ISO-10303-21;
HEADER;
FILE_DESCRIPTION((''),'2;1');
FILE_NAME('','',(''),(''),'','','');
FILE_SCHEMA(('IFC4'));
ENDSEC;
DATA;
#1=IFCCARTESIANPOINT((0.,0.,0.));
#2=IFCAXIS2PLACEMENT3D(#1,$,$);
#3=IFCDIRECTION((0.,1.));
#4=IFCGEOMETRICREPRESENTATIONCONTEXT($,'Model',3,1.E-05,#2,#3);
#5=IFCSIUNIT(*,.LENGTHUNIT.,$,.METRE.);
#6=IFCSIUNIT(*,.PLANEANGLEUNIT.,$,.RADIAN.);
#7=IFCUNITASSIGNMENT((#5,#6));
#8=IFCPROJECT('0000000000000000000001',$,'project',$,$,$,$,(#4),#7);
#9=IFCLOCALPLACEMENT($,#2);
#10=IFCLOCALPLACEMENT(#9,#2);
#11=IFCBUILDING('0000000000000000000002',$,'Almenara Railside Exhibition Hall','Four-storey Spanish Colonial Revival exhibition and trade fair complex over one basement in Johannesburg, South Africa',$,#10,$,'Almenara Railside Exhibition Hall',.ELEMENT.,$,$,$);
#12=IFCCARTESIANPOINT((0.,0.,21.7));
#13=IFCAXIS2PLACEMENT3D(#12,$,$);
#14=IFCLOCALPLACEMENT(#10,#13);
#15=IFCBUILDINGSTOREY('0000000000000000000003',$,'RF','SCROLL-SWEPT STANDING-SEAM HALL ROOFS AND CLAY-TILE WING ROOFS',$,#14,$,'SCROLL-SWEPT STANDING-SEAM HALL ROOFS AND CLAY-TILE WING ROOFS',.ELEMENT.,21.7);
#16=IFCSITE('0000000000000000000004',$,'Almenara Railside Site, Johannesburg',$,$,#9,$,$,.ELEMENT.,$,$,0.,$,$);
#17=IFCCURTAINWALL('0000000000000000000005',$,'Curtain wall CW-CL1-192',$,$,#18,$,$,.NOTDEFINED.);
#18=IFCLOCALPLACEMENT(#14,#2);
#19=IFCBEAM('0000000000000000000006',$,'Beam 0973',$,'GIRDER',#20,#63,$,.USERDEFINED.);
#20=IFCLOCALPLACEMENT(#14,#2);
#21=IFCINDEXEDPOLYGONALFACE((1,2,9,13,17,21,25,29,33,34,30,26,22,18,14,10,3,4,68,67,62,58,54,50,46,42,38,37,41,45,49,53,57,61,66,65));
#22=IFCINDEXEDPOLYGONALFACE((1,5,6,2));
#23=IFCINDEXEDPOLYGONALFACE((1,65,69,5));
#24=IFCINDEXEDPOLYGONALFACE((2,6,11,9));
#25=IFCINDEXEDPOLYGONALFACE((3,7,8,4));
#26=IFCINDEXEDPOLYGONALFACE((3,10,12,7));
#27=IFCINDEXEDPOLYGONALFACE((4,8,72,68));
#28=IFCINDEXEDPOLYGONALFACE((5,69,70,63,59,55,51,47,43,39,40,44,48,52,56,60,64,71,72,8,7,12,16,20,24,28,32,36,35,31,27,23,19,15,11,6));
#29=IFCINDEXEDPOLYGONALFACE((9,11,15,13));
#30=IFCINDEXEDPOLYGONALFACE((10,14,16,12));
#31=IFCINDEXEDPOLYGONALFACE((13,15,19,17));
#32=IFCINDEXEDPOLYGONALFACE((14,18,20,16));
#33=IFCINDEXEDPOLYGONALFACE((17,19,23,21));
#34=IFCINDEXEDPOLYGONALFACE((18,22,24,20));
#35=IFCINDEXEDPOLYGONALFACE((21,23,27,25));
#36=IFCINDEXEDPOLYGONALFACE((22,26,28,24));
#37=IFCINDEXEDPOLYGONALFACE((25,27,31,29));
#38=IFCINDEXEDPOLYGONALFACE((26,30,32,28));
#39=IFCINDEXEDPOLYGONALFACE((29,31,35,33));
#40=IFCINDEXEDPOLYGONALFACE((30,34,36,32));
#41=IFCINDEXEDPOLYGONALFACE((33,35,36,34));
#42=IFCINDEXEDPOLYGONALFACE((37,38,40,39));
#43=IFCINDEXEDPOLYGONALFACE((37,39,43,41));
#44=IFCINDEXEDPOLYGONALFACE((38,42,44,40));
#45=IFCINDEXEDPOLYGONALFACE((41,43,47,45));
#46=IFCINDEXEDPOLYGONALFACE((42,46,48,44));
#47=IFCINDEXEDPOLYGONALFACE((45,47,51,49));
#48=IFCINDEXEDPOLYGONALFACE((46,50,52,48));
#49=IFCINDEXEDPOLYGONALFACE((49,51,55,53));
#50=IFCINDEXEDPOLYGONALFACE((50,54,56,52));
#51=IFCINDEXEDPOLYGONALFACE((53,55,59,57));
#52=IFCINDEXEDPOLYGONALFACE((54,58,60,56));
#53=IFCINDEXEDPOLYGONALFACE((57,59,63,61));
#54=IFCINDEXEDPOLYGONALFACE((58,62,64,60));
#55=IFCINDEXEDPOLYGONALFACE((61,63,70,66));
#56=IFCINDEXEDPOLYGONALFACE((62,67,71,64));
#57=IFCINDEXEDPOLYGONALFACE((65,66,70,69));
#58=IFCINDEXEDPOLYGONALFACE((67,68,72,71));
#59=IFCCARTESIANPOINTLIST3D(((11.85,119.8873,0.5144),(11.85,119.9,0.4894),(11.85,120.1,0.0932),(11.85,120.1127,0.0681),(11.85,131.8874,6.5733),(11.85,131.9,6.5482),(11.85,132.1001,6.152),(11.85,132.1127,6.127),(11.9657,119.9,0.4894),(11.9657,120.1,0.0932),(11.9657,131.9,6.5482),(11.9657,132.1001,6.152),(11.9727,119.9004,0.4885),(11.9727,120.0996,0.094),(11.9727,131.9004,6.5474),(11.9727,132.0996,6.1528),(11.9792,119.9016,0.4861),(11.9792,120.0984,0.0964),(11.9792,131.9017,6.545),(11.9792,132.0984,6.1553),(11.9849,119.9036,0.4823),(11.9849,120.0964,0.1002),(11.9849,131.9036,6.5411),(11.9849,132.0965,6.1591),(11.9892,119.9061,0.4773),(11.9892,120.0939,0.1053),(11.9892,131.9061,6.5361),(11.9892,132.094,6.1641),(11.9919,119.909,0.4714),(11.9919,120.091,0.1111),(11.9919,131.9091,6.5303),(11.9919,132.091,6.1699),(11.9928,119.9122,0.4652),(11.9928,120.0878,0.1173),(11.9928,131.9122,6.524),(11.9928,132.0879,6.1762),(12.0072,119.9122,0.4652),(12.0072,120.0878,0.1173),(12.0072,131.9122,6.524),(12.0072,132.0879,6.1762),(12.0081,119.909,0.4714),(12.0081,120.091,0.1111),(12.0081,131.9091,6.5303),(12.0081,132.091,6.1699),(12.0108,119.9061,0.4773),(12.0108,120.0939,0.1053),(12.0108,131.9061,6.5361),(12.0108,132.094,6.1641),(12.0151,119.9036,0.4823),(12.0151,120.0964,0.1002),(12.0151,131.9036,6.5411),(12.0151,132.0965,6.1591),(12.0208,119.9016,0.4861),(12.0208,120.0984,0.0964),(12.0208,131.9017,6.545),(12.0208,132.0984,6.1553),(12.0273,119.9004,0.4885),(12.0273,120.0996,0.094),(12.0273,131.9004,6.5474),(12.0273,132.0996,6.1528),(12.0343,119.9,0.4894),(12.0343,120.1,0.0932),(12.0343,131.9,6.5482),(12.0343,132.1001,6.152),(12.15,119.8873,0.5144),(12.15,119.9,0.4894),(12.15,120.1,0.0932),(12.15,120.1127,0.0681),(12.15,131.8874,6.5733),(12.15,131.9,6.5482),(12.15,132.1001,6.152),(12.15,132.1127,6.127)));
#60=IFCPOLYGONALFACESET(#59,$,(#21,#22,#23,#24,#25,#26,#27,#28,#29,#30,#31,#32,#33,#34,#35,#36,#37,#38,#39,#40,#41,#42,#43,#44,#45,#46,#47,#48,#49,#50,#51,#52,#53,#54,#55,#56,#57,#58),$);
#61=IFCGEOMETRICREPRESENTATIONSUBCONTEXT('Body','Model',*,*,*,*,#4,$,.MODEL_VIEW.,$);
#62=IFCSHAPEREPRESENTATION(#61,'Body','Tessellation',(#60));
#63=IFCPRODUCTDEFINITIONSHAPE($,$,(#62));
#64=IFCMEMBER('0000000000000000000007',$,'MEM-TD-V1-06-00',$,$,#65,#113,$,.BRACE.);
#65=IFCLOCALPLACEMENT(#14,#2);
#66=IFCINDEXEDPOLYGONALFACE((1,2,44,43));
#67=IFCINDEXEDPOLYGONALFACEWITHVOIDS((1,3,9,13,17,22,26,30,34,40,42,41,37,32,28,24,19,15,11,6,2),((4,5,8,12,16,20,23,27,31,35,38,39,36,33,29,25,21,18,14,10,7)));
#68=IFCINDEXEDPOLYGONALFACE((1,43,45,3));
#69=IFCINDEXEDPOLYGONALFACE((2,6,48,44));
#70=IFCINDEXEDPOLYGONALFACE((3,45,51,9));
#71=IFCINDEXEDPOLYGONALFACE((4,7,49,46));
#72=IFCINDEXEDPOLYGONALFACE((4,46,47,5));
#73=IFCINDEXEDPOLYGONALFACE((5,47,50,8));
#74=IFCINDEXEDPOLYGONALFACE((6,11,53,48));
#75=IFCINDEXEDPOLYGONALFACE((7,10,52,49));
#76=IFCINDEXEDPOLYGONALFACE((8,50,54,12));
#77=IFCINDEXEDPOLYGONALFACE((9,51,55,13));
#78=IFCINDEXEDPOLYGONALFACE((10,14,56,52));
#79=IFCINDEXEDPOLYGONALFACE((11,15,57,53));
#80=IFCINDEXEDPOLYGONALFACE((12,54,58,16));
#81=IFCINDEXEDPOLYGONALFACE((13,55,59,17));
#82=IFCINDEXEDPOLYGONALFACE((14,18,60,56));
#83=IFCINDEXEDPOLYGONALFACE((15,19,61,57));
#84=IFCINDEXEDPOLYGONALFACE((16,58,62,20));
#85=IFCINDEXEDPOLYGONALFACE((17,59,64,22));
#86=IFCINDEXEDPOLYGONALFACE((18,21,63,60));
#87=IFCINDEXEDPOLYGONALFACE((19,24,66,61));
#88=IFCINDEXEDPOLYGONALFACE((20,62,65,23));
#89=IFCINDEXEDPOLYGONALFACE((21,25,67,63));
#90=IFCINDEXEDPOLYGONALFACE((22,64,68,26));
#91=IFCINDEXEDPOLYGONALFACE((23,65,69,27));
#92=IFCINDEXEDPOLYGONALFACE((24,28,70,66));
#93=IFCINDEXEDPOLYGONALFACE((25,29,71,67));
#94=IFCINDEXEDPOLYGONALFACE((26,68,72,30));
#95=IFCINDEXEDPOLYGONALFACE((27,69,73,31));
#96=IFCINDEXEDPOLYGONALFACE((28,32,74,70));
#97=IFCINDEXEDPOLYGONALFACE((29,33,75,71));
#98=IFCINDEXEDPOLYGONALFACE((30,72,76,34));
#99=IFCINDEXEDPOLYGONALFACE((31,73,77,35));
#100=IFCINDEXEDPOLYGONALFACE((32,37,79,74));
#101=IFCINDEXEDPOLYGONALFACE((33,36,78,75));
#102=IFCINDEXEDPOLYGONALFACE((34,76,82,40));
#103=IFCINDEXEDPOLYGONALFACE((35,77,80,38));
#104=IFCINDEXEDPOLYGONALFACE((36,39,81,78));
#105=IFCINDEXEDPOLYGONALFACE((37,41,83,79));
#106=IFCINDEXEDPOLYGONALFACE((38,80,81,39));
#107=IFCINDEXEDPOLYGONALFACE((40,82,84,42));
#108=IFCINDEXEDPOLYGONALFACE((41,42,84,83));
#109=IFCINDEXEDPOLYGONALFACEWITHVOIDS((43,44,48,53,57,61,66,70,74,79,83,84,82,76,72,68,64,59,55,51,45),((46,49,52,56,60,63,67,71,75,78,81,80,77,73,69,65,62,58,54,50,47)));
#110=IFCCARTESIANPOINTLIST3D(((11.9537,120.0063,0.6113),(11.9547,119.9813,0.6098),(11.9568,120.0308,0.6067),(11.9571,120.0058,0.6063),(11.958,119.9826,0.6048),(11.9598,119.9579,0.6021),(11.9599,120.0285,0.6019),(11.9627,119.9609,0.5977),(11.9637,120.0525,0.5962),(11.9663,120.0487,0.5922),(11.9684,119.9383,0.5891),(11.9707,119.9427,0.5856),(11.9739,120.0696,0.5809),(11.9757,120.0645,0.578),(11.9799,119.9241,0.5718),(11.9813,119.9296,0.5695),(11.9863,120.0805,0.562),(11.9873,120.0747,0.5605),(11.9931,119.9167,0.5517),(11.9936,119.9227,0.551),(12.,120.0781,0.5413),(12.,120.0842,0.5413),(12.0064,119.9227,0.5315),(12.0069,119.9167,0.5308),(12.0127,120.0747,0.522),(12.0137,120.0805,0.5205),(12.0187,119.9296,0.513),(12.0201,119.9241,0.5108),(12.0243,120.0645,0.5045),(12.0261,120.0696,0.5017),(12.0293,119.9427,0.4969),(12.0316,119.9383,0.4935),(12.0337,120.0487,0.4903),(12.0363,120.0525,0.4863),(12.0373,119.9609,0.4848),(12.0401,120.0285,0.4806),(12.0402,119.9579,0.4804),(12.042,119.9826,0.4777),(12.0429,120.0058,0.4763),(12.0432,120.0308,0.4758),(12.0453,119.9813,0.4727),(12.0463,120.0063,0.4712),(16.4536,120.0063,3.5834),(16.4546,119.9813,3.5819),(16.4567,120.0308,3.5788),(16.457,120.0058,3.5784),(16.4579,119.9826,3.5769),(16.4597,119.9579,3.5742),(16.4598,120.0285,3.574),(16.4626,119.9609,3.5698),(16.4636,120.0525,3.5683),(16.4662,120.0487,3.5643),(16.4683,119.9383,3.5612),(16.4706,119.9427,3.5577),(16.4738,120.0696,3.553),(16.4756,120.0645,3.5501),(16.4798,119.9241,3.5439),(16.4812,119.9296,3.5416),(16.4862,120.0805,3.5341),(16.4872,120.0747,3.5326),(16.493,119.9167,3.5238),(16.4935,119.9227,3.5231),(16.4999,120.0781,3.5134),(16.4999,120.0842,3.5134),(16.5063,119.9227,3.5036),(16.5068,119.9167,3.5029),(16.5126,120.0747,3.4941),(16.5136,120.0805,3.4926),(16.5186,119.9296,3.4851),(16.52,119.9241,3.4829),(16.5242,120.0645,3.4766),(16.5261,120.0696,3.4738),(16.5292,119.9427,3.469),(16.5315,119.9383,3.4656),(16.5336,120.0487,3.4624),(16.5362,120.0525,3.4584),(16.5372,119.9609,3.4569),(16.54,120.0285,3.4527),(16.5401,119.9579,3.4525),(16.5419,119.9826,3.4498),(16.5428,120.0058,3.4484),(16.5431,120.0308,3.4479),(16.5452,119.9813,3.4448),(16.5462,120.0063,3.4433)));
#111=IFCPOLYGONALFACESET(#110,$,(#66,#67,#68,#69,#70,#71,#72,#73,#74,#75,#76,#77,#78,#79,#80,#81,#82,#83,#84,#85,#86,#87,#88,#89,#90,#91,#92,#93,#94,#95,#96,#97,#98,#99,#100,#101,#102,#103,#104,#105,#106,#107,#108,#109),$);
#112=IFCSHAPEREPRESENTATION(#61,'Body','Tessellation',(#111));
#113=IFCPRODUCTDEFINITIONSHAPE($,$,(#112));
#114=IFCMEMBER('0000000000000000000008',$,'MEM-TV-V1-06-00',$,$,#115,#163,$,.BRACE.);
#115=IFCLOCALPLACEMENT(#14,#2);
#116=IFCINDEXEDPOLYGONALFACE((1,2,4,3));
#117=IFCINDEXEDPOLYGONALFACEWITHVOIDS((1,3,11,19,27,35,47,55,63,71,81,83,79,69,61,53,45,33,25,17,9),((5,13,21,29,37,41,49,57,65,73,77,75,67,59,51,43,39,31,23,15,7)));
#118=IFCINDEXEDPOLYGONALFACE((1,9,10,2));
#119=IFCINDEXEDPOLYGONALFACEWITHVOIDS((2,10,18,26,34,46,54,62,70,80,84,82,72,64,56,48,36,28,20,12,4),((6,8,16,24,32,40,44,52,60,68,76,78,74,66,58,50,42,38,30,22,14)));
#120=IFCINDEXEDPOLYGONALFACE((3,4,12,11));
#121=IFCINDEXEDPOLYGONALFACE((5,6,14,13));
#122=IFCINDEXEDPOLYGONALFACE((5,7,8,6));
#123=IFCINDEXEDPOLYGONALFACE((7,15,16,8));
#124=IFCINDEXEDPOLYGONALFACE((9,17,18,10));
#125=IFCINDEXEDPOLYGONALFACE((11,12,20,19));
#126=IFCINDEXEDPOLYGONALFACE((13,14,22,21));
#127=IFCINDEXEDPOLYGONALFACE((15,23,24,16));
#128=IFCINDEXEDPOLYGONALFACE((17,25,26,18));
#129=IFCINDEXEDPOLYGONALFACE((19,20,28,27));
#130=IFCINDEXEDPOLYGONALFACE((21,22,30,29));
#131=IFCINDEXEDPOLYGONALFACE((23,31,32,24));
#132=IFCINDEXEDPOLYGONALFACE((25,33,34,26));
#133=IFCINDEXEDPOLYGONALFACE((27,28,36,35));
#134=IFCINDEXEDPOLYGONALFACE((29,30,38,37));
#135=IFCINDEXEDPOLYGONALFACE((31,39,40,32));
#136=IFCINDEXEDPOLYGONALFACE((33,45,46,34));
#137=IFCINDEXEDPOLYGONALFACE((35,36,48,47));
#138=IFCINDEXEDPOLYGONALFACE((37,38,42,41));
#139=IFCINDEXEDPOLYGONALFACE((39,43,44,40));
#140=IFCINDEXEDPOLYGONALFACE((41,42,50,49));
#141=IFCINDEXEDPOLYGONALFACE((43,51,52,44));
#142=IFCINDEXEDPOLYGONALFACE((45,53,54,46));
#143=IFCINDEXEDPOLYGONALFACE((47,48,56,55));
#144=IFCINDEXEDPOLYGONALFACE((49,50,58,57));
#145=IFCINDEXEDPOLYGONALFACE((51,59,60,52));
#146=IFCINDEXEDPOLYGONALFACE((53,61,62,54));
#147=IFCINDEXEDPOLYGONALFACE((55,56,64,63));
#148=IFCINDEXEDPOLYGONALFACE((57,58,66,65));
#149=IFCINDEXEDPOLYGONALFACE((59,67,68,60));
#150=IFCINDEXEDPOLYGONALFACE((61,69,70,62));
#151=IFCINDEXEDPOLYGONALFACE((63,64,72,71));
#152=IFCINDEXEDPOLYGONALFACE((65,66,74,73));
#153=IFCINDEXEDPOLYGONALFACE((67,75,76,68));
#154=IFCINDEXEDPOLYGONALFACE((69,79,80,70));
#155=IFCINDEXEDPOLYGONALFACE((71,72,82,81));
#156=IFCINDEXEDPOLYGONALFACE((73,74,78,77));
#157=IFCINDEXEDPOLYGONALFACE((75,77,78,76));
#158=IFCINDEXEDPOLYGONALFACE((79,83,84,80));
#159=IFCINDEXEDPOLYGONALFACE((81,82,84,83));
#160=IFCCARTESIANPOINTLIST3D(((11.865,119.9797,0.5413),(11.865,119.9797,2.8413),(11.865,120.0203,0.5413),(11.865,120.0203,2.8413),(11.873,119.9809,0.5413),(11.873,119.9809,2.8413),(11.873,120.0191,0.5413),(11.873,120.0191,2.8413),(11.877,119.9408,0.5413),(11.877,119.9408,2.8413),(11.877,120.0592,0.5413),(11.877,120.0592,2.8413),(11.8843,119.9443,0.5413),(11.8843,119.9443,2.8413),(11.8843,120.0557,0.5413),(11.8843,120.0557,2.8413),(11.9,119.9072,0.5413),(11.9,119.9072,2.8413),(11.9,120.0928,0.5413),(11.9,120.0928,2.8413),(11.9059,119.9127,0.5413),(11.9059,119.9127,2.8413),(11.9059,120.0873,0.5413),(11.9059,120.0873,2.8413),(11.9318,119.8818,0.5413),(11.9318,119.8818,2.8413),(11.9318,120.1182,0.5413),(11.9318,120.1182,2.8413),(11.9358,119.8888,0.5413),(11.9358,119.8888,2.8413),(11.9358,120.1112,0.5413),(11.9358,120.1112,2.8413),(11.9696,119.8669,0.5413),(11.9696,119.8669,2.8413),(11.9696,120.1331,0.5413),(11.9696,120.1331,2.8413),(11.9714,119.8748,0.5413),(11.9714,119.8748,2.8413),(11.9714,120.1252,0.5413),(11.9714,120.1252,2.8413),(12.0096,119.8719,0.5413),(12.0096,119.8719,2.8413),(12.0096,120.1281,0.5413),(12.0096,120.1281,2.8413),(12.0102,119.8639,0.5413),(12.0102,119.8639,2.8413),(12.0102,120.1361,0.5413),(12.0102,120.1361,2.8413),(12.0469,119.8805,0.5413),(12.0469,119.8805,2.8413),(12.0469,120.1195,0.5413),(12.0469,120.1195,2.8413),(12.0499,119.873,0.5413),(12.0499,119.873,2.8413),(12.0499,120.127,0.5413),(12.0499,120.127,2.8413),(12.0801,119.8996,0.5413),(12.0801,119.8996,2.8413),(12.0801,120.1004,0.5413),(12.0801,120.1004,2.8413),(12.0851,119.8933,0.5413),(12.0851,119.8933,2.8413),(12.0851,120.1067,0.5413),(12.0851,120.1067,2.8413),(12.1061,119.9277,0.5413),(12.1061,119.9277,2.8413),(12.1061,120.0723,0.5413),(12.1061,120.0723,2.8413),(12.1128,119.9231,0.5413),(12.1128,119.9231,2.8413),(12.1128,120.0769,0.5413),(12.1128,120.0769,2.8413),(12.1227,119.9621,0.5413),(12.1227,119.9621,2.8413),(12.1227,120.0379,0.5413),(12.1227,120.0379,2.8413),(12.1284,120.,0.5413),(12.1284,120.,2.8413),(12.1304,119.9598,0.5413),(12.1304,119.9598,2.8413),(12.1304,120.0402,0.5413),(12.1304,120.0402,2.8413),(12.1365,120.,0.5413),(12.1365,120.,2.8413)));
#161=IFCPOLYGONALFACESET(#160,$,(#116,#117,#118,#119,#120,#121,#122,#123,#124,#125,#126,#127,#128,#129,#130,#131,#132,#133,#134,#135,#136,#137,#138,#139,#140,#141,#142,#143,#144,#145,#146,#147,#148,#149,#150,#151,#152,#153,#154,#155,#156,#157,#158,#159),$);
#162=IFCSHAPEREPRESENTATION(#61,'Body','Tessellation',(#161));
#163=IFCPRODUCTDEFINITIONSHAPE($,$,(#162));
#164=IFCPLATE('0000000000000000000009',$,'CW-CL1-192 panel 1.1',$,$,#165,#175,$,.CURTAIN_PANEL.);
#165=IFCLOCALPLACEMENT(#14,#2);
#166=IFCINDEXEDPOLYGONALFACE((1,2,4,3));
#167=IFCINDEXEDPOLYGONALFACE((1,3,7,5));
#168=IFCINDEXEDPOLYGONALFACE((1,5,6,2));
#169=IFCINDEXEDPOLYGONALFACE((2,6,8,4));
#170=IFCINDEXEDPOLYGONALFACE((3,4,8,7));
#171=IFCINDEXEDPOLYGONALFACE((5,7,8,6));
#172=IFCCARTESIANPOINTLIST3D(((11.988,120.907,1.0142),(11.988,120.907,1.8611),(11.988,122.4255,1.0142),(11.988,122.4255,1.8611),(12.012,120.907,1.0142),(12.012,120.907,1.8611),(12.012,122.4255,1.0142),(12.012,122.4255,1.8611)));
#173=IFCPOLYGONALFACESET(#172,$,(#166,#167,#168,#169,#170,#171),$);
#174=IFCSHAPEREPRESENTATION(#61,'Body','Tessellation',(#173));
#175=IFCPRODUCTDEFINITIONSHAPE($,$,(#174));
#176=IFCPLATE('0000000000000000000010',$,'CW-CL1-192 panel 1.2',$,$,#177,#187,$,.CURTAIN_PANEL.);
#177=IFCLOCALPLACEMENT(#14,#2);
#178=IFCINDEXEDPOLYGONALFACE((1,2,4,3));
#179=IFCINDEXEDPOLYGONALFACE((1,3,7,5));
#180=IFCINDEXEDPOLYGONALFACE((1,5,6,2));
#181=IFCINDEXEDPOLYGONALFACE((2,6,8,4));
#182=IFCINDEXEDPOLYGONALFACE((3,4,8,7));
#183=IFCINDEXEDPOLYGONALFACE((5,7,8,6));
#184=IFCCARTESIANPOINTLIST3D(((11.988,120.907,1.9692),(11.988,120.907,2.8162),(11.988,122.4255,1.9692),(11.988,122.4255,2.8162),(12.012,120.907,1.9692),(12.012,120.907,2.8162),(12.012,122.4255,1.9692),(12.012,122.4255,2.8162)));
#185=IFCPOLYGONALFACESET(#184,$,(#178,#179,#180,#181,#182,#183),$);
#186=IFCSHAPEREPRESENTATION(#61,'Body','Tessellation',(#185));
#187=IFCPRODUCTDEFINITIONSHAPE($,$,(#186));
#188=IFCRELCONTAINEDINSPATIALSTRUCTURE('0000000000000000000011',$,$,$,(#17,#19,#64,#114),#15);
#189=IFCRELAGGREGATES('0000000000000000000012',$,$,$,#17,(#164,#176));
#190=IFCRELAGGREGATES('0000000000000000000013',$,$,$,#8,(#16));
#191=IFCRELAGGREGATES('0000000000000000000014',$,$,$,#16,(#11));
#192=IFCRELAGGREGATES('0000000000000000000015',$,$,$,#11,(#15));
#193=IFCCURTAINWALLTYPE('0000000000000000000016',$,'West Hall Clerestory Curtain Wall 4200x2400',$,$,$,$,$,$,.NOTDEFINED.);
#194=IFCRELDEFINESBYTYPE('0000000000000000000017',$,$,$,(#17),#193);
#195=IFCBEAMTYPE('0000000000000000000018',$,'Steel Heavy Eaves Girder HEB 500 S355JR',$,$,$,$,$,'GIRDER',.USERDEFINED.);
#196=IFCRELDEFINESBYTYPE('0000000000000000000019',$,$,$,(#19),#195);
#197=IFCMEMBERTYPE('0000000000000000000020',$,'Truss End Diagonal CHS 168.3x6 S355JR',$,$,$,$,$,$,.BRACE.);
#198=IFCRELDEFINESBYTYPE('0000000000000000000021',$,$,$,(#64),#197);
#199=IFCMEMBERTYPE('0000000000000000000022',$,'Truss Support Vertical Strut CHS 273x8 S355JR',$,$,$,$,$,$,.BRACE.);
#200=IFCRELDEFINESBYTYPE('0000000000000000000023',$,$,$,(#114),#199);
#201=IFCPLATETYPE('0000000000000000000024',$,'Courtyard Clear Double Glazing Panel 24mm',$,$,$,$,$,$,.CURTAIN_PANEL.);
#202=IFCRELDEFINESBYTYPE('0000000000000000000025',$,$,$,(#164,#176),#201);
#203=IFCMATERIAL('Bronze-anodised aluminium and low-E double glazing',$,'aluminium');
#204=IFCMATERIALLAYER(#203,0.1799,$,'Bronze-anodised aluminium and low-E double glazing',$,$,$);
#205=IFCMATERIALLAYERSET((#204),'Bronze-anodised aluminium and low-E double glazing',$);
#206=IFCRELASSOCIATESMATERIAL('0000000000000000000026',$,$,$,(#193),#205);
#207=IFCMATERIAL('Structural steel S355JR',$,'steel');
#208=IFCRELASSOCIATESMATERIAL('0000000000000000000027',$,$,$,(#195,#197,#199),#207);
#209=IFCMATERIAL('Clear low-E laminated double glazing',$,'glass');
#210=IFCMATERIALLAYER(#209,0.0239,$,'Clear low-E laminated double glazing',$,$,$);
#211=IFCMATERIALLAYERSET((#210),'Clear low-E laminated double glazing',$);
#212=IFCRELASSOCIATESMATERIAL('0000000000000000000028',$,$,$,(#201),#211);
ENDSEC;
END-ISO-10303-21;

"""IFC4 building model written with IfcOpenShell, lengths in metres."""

from ifc_helpers import new_model, si_unit, direction, frame, origin, origin_2d, place, context, subcontext, project, spatial, rectangle, hollow_circle, i_section, extrude, material, layer, layer_set, material_profile, profile_set, type_object, element, aggregate, save


model = new_model("IFC4")

# Units and contexts
model_context = context("Model", 3, precision=1e-05, world=origin(), true_north=direction((0.0, 1.0)))
body_context = subcontext(model_context, "Body", "Model", "MODEL_VIEW")
ifc_project = project(units=[si_unit("LENGTHUNIT", "METRE"), si_unit("PLANEANGLEUNIT", "RADIAN")], contexts=[model_context])

# Site, building, storey
site_placement = place(None, origin())
site = spatial("IfcSite", under=ifc_project, at=site_placement, Name="Almenara Railside Site, Johannesburg", CompositionType="ELEMENT", RefElevation=0.0)
building_placement = place(site_placement, origin())
building = spatial("IfcBuilding", under=site, at=building_placement, Name="Almenara Railside Exhibition Hall", Description="Four-storey Spanish Colonial Revival exhibition and trade fair complex over one basement in Johannesburg, South Africa", LongName="Almenara Railside Exhibition Hall", CompositionType="ELEMENT")
storey_placement = place(building_placement, frame((0.0, 0.0, 21.7)))
storey = spatial("IfcBuildingStorey", under=building, at=storey_placement, Name="RF", Description="SCROLL-SWEPT STANDING-SEAM HALL ROOFS AND CLAY-TILE WING ROOFS", LongName="SCROLL-SWEPT STANDING-SEAM HALL ROOFS AND CLAY-TILE WING ROOFS", CompositionType="ELEMENT", Elevation=21.7)

# Shared definitions
ifc_material_1 = material(Name="Structural steel S355JR", Category="steel")

# Shared definitions
ifc_material_2 = material(Name="Bronze-anodised aluminium and low-E double glazing", Category="aluminium")
ifc_layer_1 = layer(ifc_material_2, 0.1799, Name="Bronze-anodised aluminium and low-E double glazing")
ifc_layer_set_1 = layer_set([ifc_layer_1], Name="Bronze-anodised aluminium and low-E double glazing")
curtain_wall_type = type_object("IfcCurtainWallType", Name="West Hall Clerestory Curtain Wall 4200x2400", PredefinedType="NOTDEFINED", material=ifc_layer_set_1)

# Curtain wall
curtain_wall_1_placement = place(storey_placement, origin())
curtain_wall_1 = element("IfcCurtainWall", 1, at=curtain_wall_1_placement, inside=storey, type_object=curtain_wall_type, Name="Curtain wall CW-CL1-192", PredefinedType="NOTDEFINED")

# Beam
ifc_material_profile_1 = material_profile(ifc_material_1, i_section(OverallWidth=0.3, OverallDepth=0.5, WebThickness=0.0144, FlangeThickness=0.0281, FilletRadius=0.0271, at=origin_2d()), Name="HEB 500")
ifc_profile_set_1 = profile_set([ifc_material_profile_1], Name="Structural steel S355JR")
beam_type = type_object("IfcBeamType", Name="Steel Heavy Eaves Girder HEB 500 S355JR", ElementType="GIRDER", PredefinedType="USERDEFINED", material=ifc_profile_set_1)
beam_placement = place(storey_placement, frame((12.0, 120.0, 0.2913), z_axis=(0.0, 0.89267, 0.450712), x_axis=(-1.0, 0.0, 0.0)))
element("IfcBeam", 2, at=beam_placement, inside=storey, type_object=beam_type, Name="Beam 0973", ObjectType="GIRDER", PredefinedType="USERDEFINED", context=body_context, shape_type="SweptSolid", body=[
    extrude(i_section(OverallWidth=0.3, OverallDepth=0.5, WebThickness=0.0144, FlangeThickness=0.0281, FilletRadius=0.0271, at=origin_2d()), origin(), (0.0, 0.0, 1.0), 13.4429),
])

# Members
ifc_material_profile_2 = material_profile(ifc_material_1, hollow_circle(Radius=0.0842, WallThickness=0.0061, at=origin_2d()), Name="CHS 168.3x6")
ifc_profile_set_2 = profile_set([ifc_material_profile_2], Name="Structural steel S355JR")
member_type_1 = type_object("IfcMemberType", Name="Truss End Diagonal CHS 168.3x6 S355JR", PredefinedType="BRACE", material=ifc_profile_set_2)
member_1_placement = place(storey_placement, frame((12.0, 120.0, 0.5413), z_axis=(0.834425, 0.0, 0.551122), x_axis=(0.0, 1.0, 0.0)))
element("IfcMember", 3, at=member_1_placement, inside=storey, type_object=member_type_1, Name="MEM-TD-V1-06-00", PredefinedType="BRACE", context=body_context, shape_type="SweptSolid", body=[
    extrude(hollow_circle(Radius=0.0842, WallThickness=0.0061, at=origin_2d()), origin(), (0.0, 0.0, 1.0), 5.3928),
])
ifc_material_profile_3 = material_profile(ifc_material_1, hollow_circle(Radius=0.1365, WallThickness=0.0081, at=origin_2d()), Name="CHS 273x8")
ifc_profile_set_3 = profile_set([ifc_material_profile_3], Name="Structural steel S355JR")
member_type_2 = type_object("IfcMemberType", Name="Truss Support Vertical Strut CHS 273x8 S355JR", PredefinedType="BRACE", material=ifc_profile_set_3)
member_2_placement = place(storey_placement, frame((12.0, 120.0, 0.5413), z_axis=(0.0, 0.0, 1.0), x_axis=(1.0, 0.0, 0.0)))
element("IfcMember", 4, at=member_2_placement, inside=storey, type_object=member_type_2, Name="MEM-TV-V1-06-00", PredefinedType="BRACE", context=body_context, shape_type="SweptSolid", body=[
    extrude(hollow_circle(Radius=0.1365, WallThickness=0.0081, at=origin_2d()), origin(), (0.0, 0.0, 1.0), 2.3),
])

# Plates
ifc_material_3 = material(Name="Clear low-E laminated double glazing", Category="glass")
ifc_layer_2 = layer(ifc_material_3, 0.0239, Name="Clear low-E laminated double glazing")
ifc_layer_set_2 = layer_set([ifc_layer_2], Name="Clear low-E laminated double glazing")
plate_type_1 = type_object("IfcPlateType", Name="Courtyard Clear Double Glazing Panel 24mm", PredefinedType="CURTAIN_PANEL", material=ifc_layer_set_2)
plate_1_placement = place(storey_placement, frame((12.0, 121.6663, 1.0142), z_axis=(0.0, 0.0, 1.0), x_axis=(0.0, 1.0, 0.0)))
plate_1 = element("IfcPlate", 5, at=plate_1_placement, type_object=plate_type_1, Name="CW-CL1-192 panel 1.1", PredefinedType="CURTAIN_PANEL", context=body_context, shape_type="SweptSolid", body=[
    extrude(rectangle(XDim=1.5186, YDim=0.0239, at=origin_2d()), origin(), (0.0, 0.0, 1.0), 0.8469),
])
plate_2_placement = place(storey_placement, frame((12.0, 121.6663, 1.9692), z_axis=(0.0, 0.0, 1.0), x_axis=(0.0, 1.0, 0.0)))
plate_2 = element("IfcPlate", 6, at=plate_2_placement, type_object=plate_type_1, Name="CW-CL1-192 panel 1.2", PredefinedType="CURTAIN_PANEL", context=body_context, shape_type="SweptSolid", body=[
    extrude(rectangle(XDim=1.5186, YDim=0.0239, at=origin_2d()), origin(), (0.0, 0.0, 1.0), 0.8469),
])
aggregate(curtain_wall_1, [plate_1, plate_2])

save(model, "model.ifc")
